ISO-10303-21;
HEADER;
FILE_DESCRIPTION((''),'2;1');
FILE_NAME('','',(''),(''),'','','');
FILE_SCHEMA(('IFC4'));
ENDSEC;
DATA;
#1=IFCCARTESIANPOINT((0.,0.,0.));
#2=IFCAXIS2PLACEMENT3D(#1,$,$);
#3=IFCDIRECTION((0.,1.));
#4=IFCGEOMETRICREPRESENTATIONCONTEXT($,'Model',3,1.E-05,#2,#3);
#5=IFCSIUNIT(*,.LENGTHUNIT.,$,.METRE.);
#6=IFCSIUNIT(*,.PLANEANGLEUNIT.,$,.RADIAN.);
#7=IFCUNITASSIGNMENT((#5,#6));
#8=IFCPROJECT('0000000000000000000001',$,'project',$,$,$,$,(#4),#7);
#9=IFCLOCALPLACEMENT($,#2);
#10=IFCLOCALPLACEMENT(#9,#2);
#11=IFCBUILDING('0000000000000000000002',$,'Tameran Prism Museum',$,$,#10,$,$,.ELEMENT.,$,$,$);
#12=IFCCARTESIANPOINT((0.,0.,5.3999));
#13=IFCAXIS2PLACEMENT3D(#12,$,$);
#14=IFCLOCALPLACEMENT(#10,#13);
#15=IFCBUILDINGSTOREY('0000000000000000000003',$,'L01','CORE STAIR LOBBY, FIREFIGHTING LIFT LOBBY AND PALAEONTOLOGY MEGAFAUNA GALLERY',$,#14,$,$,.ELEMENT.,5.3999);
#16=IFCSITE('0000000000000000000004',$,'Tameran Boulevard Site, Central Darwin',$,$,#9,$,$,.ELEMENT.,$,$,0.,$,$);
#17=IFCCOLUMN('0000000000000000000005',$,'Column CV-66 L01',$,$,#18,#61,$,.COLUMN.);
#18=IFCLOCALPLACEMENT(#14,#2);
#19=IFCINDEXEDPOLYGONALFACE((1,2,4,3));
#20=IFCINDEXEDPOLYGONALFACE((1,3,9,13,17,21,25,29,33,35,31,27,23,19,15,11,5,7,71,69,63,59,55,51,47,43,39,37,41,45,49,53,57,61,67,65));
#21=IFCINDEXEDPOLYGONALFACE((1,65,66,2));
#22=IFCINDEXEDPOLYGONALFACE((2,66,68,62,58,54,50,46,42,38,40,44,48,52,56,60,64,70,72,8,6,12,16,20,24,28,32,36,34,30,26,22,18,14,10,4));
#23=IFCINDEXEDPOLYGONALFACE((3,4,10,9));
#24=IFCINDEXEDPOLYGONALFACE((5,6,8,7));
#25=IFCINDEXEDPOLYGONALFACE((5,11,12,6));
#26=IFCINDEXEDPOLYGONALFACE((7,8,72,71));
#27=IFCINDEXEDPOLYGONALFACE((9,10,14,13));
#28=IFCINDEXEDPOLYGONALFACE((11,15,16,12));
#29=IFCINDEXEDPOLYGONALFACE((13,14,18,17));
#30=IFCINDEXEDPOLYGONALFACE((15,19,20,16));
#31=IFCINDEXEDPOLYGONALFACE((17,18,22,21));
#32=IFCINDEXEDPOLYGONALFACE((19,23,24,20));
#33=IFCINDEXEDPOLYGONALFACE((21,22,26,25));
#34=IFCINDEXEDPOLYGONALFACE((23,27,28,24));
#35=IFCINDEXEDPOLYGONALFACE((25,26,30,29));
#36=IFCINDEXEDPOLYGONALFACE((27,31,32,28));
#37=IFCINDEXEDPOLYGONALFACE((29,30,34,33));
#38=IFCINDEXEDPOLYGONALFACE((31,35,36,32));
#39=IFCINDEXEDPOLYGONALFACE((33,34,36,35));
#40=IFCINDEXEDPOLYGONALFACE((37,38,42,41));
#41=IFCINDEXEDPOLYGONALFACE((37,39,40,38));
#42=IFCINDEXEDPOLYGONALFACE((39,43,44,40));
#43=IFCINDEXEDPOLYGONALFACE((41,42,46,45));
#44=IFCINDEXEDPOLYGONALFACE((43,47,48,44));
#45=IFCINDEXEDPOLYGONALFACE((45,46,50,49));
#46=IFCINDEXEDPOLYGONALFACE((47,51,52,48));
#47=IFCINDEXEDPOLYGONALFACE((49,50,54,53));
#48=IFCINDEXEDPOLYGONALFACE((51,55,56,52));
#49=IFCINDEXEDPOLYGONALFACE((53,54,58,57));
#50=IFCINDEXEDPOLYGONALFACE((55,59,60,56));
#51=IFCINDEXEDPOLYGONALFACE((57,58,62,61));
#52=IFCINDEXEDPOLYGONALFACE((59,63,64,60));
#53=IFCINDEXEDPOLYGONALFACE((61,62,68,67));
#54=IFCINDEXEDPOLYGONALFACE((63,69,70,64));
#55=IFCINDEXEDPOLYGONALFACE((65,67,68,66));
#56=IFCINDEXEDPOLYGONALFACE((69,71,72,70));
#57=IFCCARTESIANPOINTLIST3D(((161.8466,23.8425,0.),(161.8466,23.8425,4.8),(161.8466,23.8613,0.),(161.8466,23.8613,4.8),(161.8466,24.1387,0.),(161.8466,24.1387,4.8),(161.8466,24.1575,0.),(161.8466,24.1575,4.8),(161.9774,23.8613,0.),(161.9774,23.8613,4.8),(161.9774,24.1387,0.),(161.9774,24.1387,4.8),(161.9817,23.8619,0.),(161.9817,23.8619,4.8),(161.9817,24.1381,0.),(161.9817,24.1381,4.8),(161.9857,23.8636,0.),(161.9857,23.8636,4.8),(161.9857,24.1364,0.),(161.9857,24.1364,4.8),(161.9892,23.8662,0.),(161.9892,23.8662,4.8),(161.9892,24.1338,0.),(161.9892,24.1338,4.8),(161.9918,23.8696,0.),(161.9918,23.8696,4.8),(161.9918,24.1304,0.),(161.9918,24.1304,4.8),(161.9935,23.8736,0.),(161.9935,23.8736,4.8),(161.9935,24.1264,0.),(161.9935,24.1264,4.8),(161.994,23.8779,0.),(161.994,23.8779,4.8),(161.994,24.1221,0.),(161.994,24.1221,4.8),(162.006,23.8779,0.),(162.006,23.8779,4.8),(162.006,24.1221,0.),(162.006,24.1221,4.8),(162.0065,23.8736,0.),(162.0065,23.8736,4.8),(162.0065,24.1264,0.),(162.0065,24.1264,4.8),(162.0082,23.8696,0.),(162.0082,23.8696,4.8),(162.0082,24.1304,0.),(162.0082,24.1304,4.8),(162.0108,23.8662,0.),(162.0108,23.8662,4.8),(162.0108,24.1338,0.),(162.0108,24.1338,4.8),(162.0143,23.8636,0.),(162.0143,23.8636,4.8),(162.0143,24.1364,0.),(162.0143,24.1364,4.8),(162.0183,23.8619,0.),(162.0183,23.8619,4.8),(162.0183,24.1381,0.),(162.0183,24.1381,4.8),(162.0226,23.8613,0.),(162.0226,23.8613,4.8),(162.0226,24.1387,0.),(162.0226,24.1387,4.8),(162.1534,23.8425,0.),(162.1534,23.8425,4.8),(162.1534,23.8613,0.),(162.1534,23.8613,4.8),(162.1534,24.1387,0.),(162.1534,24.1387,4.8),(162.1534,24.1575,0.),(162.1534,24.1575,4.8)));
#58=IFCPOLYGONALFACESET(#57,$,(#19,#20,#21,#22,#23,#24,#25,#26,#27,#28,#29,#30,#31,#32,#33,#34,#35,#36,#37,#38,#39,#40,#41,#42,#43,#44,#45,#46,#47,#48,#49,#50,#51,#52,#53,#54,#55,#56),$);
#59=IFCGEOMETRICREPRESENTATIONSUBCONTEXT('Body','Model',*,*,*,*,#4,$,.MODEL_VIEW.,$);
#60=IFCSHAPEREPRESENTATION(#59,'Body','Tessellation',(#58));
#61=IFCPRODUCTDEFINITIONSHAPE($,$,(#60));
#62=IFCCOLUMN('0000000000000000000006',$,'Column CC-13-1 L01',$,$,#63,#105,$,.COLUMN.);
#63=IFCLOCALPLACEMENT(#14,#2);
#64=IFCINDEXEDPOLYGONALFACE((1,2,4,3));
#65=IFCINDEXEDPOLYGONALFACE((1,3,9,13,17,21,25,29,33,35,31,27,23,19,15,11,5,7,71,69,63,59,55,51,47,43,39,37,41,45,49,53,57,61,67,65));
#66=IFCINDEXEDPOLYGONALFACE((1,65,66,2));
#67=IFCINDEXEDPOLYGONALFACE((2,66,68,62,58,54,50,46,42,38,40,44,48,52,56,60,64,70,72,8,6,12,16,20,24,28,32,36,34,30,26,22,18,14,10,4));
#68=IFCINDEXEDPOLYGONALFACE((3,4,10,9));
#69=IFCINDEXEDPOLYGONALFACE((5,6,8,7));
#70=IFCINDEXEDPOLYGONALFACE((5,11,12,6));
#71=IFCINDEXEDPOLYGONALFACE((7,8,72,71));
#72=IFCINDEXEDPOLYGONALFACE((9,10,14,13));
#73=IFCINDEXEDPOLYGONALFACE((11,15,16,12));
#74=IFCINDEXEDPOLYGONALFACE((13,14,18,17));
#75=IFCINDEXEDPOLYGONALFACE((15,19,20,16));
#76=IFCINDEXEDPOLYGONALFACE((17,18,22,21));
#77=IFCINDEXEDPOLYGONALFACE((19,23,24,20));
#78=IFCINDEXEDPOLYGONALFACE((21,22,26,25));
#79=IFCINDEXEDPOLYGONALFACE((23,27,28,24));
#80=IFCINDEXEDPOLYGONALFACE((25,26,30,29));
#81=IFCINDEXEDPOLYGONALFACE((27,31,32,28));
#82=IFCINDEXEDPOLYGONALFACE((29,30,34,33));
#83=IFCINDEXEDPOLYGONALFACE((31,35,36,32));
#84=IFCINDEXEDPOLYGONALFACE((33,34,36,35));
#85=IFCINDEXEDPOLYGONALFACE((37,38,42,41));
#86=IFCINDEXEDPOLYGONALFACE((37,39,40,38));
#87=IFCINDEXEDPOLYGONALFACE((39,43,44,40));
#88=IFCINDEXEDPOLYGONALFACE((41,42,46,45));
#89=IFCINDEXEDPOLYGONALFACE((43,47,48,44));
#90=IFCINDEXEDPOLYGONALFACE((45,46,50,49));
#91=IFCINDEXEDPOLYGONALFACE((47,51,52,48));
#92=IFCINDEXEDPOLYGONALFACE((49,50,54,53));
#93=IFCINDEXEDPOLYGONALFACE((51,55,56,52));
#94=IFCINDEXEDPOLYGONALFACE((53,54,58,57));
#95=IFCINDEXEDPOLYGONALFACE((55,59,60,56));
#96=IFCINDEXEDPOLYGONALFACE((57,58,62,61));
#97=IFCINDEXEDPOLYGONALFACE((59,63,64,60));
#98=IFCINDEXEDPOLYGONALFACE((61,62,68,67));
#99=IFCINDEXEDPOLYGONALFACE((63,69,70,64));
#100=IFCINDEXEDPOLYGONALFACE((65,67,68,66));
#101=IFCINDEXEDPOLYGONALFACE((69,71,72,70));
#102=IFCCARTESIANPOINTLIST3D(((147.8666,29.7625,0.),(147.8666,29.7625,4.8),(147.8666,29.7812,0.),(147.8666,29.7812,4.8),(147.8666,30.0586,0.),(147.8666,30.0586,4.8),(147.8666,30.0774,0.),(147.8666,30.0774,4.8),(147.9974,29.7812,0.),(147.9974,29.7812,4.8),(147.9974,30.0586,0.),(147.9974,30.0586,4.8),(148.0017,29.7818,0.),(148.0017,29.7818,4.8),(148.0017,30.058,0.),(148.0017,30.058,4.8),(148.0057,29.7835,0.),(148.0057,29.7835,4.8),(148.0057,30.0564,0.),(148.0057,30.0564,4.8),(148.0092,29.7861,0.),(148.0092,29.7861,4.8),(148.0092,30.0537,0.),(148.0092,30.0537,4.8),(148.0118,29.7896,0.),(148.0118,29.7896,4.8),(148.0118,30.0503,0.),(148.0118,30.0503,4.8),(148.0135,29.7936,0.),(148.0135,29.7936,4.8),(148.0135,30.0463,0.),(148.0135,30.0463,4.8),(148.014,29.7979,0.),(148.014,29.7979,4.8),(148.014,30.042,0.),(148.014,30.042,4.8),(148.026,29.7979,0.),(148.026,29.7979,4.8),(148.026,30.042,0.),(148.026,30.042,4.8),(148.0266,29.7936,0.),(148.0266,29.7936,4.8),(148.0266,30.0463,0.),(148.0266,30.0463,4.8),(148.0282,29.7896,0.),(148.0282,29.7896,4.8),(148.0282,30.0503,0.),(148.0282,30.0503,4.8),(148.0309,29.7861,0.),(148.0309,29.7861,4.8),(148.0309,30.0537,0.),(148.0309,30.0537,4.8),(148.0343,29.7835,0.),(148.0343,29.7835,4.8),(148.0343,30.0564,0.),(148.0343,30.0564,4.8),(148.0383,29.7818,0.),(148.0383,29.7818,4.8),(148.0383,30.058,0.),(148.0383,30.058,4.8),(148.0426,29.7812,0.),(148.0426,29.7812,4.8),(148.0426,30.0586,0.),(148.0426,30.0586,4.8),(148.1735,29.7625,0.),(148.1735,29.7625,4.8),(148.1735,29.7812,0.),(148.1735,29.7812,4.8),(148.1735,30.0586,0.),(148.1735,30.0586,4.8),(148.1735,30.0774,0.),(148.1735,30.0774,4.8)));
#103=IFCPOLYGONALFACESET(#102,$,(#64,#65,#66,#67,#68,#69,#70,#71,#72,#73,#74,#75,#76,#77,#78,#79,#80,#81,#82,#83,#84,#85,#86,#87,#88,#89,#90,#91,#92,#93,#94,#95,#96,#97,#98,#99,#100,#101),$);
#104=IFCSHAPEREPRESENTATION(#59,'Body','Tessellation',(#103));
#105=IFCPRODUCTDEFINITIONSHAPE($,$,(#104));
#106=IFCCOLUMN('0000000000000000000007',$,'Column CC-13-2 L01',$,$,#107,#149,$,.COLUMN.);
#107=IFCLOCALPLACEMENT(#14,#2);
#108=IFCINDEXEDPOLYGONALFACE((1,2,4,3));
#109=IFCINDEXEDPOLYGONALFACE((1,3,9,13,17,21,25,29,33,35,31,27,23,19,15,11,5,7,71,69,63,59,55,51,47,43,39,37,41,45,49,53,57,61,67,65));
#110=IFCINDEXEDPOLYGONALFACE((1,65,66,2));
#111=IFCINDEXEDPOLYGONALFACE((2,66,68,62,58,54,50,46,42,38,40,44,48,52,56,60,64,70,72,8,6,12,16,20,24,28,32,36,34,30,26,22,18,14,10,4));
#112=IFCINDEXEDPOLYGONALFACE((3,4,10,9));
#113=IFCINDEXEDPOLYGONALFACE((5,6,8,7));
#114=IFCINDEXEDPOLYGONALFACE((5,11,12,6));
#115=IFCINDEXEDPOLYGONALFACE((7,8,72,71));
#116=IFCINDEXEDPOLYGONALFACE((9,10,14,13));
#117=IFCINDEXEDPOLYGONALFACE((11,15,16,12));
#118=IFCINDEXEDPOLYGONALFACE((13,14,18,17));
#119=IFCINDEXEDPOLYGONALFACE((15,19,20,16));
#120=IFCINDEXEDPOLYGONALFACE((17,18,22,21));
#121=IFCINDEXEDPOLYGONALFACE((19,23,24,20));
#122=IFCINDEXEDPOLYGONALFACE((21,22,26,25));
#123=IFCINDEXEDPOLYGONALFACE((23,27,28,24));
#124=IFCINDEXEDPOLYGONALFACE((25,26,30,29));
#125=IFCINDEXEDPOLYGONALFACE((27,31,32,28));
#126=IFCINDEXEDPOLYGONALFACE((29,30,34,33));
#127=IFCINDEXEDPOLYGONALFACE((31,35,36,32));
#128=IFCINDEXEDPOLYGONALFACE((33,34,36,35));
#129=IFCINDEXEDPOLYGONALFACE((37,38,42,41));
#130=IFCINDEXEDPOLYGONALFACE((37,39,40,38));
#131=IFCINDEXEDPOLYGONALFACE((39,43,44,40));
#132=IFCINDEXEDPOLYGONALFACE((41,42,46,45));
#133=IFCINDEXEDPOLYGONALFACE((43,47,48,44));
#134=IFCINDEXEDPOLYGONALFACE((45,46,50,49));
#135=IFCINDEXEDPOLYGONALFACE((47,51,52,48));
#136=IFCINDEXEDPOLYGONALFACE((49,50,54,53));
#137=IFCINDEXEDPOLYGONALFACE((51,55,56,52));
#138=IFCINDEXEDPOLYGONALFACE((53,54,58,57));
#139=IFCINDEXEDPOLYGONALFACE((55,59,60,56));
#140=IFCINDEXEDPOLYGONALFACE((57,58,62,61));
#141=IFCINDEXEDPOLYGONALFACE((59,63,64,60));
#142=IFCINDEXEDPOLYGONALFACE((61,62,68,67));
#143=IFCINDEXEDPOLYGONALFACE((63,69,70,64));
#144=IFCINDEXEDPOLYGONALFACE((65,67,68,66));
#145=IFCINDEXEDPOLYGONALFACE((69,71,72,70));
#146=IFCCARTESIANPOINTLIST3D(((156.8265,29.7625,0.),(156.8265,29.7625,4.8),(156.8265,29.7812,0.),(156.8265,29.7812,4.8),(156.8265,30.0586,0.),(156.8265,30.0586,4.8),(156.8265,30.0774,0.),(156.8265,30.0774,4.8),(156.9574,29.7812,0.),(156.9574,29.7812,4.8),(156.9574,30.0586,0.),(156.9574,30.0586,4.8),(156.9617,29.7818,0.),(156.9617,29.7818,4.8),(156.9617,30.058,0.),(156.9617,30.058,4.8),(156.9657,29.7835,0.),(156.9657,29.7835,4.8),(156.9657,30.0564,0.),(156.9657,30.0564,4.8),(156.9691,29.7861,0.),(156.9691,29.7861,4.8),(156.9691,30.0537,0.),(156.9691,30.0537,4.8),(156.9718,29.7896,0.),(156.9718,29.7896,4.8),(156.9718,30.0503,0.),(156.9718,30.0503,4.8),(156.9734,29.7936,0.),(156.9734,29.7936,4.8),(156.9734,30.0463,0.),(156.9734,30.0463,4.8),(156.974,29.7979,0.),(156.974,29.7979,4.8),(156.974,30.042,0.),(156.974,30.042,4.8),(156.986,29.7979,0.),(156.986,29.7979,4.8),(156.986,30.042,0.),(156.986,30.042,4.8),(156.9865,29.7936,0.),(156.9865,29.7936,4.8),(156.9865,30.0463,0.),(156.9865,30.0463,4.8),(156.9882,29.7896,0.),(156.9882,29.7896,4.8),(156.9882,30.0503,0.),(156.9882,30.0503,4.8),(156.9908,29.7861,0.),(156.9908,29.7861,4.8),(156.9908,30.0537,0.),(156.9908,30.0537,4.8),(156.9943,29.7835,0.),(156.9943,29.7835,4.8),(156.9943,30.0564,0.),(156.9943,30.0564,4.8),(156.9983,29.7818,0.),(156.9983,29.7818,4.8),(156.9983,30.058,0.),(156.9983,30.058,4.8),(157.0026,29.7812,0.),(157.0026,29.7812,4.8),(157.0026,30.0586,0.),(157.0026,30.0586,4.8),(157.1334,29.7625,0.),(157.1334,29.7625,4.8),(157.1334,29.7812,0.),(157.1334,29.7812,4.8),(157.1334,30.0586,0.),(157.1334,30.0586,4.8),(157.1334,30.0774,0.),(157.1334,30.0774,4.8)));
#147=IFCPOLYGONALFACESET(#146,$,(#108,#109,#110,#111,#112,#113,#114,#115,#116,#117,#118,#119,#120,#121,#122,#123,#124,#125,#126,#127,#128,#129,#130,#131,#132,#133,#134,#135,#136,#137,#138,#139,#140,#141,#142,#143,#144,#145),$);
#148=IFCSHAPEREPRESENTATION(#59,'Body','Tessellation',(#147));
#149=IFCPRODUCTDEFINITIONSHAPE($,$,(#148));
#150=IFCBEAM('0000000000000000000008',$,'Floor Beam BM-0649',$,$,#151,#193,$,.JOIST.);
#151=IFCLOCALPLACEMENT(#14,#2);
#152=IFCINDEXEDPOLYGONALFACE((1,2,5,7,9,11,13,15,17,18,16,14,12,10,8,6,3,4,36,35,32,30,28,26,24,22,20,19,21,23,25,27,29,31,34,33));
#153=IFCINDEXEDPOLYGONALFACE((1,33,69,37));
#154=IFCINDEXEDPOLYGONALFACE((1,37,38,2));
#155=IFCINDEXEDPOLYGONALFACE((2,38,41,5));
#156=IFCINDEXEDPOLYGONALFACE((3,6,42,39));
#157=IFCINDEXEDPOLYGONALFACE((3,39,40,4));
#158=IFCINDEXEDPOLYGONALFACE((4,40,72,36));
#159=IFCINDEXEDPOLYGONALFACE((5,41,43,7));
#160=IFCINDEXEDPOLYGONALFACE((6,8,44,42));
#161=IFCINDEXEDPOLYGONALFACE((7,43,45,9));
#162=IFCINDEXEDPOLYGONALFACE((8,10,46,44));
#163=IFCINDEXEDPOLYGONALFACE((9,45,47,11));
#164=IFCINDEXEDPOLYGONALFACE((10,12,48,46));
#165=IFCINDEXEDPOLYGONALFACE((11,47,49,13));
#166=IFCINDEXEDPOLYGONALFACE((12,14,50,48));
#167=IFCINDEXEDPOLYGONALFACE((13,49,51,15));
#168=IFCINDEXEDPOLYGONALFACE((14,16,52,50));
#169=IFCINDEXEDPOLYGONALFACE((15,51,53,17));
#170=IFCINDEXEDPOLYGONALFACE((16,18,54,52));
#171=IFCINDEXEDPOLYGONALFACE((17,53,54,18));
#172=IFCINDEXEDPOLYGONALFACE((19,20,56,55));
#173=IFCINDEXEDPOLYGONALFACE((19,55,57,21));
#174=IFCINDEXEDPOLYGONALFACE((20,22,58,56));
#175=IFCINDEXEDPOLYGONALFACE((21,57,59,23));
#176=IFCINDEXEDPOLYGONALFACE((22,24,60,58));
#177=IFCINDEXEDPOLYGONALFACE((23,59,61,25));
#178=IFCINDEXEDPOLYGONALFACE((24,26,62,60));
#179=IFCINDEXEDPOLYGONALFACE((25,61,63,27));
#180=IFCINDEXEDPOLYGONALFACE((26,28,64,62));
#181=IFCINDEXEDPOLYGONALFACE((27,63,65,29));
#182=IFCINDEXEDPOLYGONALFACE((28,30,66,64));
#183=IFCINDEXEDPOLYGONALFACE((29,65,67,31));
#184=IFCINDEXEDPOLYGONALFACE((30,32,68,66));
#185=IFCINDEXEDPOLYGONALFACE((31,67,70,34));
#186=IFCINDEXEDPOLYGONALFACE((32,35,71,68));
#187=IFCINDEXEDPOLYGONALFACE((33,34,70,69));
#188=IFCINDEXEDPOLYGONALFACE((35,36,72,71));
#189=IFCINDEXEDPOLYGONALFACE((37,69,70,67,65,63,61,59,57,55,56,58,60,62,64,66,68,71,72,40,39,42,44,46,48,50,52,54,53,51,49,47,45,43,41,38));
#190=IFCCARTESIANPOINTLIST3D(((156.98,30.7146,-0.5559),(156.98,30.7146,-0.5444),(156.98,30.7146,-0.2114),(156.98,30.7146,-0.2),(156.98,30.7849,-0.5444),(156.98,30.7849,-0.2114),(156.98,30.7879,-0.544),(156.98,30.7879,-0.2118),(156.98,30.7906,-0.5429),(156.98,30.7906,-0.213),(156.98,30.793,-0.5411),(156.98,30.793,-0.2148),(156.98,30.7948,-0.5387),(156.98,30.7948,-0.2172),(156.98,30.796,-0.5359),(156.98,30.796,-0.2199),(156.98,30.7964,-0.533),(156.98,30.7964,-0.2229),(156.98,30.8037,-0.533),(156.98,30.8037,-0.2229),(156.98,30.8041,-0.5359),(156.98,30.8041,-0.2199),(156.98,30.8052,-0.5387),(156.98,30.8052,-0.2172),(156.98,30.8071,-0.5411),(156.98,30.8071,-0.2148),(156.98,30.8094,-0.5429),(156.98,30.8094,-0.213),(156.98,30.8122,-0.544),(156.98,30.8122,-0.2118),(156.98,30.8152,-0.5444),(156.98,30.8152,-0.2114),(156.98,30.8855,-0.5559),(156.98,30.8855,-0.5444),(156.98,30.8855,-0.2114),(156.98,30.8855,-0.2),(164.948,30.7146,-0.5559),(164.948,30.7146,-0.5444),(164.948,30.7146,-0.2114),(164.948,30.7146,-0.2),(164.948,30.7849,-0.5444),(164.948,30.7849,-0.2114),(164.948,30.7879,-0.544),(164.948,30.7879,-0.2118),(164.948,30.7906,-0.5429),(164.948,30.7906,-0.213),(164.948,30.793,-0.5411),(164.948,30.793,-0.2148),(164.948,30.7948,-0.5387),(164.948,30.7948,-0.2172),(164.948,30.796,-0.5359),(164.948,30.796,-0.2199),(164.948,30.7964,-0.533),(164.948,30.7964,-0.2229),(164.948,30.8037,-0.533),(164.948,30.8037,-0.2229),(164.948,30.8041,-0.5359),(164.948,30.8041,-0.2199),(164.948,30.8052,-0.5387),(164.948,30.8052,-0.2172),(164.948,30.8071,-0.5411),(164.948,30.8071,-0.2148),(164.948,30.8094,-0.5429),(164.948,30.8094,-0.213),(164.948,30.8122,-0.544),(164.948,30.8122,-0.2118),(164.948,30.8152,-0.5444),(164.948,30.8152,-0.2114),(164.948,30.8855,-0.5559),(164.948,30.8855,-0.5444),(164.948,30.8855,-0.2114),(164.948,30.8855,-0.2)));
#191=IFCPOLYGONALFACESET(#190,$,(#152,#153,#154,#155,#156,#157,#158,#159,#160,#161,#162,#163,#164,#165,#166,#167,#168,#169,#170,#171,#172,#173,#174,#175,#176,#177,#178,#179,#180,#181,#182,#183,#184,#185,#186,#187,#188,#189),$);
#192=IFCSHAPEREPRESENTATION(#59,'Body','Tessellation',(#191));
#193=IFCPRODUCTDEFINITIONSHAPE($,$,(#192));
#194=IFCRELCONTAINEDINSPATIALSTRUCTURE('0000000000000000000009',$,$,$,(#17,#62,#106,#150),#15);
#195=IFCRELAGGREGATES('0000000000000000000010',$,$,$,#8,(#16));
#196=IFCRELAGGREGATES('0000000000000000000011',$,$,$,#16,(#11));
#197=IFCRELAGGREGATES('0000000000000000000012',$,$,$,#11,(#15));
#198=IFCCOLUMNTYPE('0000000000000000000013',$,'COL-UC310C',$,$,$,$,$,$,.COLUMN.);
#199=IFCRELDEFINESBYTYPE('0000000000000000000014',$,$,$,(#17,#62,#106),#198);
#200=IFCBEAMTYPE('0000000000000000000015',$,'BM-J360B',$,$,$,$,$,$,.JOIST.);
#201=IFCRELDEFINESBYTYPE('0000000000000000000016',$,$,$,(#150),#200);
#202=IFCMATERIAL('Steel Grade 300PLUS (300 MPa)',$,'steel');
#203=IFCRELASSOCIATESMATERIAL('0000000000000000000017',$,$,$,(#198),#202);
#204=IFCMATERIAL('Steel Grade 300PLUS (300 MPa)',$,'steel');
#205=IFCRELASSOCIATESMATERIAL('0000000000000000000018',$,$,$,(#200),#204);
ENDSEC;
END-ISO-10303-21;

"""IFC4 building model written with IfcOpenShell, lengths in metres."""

from ifc_helpers import new_model, si_unit, direction, frame, origin, origin_2d, place, context, subcontext, project, spatial, i_section, extrude, material, material_profile, profile_set, type_object, element, save


model = new_model("IFC4")

# Units and contexts
model_context = context("Model", 3, precision=1e-05, world=origin(), true_north=direction((0.0, 1.0)))
body_context = subcontext(model_context, "Body", "Model", "MODEL_VIEW")
ifc_project = project(units=[si_unit("LENGTHUNIT", "METRE"), si_unit("PLANEANGLEUNIT", "RADIAN")], contexts=[model_context])

# Site, building, storey
site_placement = place(None, origin())
site = spatial("IfcSite", under=ifc_project, at=site_placement, Name="Tameran Boulevard Site, Central Darwin", CompositionType="ELEMENT", RefElevation=0.0)
building_placement = place(site_placement, origin())
building = spatial("IfcBuilding", under=site, at=building_placement, Name="Tameran Prism Museum", CompositionType="ELEMENT")
storey_placement = place(building_placement, frame((0.0, 0.0, 5.3999)))
storey = spatial("IfcBuildingStorey", under=building, at=storey_placement, Name="L01", Description="CORE STAIR LOBBY, FIREFIGHTING LIFT LOBBY AND PALAEONTOLOGY MEGAFAUNA GALLERY", CompositionType="ELEMENT", Elevation=5.3999)

# Columns
ifc_material_1 = material(Name="Steel Grade 300PLUS (300 MPa)", Category="steel")
ifc_material_profile_1 = material_profile(ifc_material_1, i_section(OverallWidth=0.3069, OverallDepth=0.3149, WebThickness=0.012, FlangeThickness=0.0188, FilletRadius=0.0166, at=origin_2d()))
ifc_profile_set_1 = profile_set([ifc_material_profile_1])
column_type = type_object("IfcColumnType", Name="COL-UC310C", PredefinedType="COLUMN", material=ifc_profile_set_1)
for number, where, z_axis, x_axis, name in (
    (1, (162.0, 24.0, 0.0), (0.0, 0.0, 1.0), (1.0, 0.0, 0.0), "Column CV-66 L01"),
    (2, (148.02, 29.9199, 0.0), (0.0, 0.0, 1.0), (1.0, 0.0, 0.0), "Column CC-13-1 L01"),
    (3, (156.98, 29.9199, 0.0), (0.0, 0.0, 1.0), (1.0, 0.0, 0.0), "Column CC-13-2 L01"),
):
    element("IfcColumn", number, at=place(storey_placement, frame(where, z_axis=z_axis, x_axis=x_axis)), inside=storey, type_object=column_type, Name=name, PredefinedType="COLUMN", context=body_context, shape_type="SweptSolid", body=[
        extrude(i_section(OverallWidth=0.3069, OverallDepth=0.3149, WebThickness=0.012, FlangeThickness=0.0188, FilletRadius=0.0166, at=origin_2d()), origin(), (0.0, 0.0, 1.0), 4.8),
    ])

# Beam
ifc_material_2 = material(Name="Steel Grade 300PLUS (300 MPa)", Category="steel")
ifc_material_profile_2 = material_profile(ifc_material_2, i_section(OverallWidth=0.1709, OverallDepth=0.356, WebThickness=0.0073, FlangeThickness=0.0115, FilletRadius=0.0115, at=origin_2d()))
ifc_profile_set_2 = profile_set([ifc_material_profile_2])
beam_type_1 = type_object("IfcBeamType", Name="BM-J360B", PredefinedType="JOIST", material=ifc_profile_set_2)
beam_1_placement = place(storey_placement, frame((156.98, 30.8, -0.3779), z_axis=(1.0, 0.0, 0.0), x_axis=(0.0, 1.0, 0.0)))
element("IfcBeam", 4, at=beam_1_placement, inside=storey, type_object=beam_type_1, Name="Floor Beam BM-0649", PredefinedType="JOIST", context=body_context, shape_type="SweptSolid", body=[
    extrude(i_section(OverallWidth=0.1709, OverallDepth=0.356, WebThickness=0.0073, FlangeThickness=0.0115, FilletRadius=0.0115, at=origin_2d()), origin(), (0.0, 0.0, 1.0), 7.968),
])

save(model, "model.ifc")
